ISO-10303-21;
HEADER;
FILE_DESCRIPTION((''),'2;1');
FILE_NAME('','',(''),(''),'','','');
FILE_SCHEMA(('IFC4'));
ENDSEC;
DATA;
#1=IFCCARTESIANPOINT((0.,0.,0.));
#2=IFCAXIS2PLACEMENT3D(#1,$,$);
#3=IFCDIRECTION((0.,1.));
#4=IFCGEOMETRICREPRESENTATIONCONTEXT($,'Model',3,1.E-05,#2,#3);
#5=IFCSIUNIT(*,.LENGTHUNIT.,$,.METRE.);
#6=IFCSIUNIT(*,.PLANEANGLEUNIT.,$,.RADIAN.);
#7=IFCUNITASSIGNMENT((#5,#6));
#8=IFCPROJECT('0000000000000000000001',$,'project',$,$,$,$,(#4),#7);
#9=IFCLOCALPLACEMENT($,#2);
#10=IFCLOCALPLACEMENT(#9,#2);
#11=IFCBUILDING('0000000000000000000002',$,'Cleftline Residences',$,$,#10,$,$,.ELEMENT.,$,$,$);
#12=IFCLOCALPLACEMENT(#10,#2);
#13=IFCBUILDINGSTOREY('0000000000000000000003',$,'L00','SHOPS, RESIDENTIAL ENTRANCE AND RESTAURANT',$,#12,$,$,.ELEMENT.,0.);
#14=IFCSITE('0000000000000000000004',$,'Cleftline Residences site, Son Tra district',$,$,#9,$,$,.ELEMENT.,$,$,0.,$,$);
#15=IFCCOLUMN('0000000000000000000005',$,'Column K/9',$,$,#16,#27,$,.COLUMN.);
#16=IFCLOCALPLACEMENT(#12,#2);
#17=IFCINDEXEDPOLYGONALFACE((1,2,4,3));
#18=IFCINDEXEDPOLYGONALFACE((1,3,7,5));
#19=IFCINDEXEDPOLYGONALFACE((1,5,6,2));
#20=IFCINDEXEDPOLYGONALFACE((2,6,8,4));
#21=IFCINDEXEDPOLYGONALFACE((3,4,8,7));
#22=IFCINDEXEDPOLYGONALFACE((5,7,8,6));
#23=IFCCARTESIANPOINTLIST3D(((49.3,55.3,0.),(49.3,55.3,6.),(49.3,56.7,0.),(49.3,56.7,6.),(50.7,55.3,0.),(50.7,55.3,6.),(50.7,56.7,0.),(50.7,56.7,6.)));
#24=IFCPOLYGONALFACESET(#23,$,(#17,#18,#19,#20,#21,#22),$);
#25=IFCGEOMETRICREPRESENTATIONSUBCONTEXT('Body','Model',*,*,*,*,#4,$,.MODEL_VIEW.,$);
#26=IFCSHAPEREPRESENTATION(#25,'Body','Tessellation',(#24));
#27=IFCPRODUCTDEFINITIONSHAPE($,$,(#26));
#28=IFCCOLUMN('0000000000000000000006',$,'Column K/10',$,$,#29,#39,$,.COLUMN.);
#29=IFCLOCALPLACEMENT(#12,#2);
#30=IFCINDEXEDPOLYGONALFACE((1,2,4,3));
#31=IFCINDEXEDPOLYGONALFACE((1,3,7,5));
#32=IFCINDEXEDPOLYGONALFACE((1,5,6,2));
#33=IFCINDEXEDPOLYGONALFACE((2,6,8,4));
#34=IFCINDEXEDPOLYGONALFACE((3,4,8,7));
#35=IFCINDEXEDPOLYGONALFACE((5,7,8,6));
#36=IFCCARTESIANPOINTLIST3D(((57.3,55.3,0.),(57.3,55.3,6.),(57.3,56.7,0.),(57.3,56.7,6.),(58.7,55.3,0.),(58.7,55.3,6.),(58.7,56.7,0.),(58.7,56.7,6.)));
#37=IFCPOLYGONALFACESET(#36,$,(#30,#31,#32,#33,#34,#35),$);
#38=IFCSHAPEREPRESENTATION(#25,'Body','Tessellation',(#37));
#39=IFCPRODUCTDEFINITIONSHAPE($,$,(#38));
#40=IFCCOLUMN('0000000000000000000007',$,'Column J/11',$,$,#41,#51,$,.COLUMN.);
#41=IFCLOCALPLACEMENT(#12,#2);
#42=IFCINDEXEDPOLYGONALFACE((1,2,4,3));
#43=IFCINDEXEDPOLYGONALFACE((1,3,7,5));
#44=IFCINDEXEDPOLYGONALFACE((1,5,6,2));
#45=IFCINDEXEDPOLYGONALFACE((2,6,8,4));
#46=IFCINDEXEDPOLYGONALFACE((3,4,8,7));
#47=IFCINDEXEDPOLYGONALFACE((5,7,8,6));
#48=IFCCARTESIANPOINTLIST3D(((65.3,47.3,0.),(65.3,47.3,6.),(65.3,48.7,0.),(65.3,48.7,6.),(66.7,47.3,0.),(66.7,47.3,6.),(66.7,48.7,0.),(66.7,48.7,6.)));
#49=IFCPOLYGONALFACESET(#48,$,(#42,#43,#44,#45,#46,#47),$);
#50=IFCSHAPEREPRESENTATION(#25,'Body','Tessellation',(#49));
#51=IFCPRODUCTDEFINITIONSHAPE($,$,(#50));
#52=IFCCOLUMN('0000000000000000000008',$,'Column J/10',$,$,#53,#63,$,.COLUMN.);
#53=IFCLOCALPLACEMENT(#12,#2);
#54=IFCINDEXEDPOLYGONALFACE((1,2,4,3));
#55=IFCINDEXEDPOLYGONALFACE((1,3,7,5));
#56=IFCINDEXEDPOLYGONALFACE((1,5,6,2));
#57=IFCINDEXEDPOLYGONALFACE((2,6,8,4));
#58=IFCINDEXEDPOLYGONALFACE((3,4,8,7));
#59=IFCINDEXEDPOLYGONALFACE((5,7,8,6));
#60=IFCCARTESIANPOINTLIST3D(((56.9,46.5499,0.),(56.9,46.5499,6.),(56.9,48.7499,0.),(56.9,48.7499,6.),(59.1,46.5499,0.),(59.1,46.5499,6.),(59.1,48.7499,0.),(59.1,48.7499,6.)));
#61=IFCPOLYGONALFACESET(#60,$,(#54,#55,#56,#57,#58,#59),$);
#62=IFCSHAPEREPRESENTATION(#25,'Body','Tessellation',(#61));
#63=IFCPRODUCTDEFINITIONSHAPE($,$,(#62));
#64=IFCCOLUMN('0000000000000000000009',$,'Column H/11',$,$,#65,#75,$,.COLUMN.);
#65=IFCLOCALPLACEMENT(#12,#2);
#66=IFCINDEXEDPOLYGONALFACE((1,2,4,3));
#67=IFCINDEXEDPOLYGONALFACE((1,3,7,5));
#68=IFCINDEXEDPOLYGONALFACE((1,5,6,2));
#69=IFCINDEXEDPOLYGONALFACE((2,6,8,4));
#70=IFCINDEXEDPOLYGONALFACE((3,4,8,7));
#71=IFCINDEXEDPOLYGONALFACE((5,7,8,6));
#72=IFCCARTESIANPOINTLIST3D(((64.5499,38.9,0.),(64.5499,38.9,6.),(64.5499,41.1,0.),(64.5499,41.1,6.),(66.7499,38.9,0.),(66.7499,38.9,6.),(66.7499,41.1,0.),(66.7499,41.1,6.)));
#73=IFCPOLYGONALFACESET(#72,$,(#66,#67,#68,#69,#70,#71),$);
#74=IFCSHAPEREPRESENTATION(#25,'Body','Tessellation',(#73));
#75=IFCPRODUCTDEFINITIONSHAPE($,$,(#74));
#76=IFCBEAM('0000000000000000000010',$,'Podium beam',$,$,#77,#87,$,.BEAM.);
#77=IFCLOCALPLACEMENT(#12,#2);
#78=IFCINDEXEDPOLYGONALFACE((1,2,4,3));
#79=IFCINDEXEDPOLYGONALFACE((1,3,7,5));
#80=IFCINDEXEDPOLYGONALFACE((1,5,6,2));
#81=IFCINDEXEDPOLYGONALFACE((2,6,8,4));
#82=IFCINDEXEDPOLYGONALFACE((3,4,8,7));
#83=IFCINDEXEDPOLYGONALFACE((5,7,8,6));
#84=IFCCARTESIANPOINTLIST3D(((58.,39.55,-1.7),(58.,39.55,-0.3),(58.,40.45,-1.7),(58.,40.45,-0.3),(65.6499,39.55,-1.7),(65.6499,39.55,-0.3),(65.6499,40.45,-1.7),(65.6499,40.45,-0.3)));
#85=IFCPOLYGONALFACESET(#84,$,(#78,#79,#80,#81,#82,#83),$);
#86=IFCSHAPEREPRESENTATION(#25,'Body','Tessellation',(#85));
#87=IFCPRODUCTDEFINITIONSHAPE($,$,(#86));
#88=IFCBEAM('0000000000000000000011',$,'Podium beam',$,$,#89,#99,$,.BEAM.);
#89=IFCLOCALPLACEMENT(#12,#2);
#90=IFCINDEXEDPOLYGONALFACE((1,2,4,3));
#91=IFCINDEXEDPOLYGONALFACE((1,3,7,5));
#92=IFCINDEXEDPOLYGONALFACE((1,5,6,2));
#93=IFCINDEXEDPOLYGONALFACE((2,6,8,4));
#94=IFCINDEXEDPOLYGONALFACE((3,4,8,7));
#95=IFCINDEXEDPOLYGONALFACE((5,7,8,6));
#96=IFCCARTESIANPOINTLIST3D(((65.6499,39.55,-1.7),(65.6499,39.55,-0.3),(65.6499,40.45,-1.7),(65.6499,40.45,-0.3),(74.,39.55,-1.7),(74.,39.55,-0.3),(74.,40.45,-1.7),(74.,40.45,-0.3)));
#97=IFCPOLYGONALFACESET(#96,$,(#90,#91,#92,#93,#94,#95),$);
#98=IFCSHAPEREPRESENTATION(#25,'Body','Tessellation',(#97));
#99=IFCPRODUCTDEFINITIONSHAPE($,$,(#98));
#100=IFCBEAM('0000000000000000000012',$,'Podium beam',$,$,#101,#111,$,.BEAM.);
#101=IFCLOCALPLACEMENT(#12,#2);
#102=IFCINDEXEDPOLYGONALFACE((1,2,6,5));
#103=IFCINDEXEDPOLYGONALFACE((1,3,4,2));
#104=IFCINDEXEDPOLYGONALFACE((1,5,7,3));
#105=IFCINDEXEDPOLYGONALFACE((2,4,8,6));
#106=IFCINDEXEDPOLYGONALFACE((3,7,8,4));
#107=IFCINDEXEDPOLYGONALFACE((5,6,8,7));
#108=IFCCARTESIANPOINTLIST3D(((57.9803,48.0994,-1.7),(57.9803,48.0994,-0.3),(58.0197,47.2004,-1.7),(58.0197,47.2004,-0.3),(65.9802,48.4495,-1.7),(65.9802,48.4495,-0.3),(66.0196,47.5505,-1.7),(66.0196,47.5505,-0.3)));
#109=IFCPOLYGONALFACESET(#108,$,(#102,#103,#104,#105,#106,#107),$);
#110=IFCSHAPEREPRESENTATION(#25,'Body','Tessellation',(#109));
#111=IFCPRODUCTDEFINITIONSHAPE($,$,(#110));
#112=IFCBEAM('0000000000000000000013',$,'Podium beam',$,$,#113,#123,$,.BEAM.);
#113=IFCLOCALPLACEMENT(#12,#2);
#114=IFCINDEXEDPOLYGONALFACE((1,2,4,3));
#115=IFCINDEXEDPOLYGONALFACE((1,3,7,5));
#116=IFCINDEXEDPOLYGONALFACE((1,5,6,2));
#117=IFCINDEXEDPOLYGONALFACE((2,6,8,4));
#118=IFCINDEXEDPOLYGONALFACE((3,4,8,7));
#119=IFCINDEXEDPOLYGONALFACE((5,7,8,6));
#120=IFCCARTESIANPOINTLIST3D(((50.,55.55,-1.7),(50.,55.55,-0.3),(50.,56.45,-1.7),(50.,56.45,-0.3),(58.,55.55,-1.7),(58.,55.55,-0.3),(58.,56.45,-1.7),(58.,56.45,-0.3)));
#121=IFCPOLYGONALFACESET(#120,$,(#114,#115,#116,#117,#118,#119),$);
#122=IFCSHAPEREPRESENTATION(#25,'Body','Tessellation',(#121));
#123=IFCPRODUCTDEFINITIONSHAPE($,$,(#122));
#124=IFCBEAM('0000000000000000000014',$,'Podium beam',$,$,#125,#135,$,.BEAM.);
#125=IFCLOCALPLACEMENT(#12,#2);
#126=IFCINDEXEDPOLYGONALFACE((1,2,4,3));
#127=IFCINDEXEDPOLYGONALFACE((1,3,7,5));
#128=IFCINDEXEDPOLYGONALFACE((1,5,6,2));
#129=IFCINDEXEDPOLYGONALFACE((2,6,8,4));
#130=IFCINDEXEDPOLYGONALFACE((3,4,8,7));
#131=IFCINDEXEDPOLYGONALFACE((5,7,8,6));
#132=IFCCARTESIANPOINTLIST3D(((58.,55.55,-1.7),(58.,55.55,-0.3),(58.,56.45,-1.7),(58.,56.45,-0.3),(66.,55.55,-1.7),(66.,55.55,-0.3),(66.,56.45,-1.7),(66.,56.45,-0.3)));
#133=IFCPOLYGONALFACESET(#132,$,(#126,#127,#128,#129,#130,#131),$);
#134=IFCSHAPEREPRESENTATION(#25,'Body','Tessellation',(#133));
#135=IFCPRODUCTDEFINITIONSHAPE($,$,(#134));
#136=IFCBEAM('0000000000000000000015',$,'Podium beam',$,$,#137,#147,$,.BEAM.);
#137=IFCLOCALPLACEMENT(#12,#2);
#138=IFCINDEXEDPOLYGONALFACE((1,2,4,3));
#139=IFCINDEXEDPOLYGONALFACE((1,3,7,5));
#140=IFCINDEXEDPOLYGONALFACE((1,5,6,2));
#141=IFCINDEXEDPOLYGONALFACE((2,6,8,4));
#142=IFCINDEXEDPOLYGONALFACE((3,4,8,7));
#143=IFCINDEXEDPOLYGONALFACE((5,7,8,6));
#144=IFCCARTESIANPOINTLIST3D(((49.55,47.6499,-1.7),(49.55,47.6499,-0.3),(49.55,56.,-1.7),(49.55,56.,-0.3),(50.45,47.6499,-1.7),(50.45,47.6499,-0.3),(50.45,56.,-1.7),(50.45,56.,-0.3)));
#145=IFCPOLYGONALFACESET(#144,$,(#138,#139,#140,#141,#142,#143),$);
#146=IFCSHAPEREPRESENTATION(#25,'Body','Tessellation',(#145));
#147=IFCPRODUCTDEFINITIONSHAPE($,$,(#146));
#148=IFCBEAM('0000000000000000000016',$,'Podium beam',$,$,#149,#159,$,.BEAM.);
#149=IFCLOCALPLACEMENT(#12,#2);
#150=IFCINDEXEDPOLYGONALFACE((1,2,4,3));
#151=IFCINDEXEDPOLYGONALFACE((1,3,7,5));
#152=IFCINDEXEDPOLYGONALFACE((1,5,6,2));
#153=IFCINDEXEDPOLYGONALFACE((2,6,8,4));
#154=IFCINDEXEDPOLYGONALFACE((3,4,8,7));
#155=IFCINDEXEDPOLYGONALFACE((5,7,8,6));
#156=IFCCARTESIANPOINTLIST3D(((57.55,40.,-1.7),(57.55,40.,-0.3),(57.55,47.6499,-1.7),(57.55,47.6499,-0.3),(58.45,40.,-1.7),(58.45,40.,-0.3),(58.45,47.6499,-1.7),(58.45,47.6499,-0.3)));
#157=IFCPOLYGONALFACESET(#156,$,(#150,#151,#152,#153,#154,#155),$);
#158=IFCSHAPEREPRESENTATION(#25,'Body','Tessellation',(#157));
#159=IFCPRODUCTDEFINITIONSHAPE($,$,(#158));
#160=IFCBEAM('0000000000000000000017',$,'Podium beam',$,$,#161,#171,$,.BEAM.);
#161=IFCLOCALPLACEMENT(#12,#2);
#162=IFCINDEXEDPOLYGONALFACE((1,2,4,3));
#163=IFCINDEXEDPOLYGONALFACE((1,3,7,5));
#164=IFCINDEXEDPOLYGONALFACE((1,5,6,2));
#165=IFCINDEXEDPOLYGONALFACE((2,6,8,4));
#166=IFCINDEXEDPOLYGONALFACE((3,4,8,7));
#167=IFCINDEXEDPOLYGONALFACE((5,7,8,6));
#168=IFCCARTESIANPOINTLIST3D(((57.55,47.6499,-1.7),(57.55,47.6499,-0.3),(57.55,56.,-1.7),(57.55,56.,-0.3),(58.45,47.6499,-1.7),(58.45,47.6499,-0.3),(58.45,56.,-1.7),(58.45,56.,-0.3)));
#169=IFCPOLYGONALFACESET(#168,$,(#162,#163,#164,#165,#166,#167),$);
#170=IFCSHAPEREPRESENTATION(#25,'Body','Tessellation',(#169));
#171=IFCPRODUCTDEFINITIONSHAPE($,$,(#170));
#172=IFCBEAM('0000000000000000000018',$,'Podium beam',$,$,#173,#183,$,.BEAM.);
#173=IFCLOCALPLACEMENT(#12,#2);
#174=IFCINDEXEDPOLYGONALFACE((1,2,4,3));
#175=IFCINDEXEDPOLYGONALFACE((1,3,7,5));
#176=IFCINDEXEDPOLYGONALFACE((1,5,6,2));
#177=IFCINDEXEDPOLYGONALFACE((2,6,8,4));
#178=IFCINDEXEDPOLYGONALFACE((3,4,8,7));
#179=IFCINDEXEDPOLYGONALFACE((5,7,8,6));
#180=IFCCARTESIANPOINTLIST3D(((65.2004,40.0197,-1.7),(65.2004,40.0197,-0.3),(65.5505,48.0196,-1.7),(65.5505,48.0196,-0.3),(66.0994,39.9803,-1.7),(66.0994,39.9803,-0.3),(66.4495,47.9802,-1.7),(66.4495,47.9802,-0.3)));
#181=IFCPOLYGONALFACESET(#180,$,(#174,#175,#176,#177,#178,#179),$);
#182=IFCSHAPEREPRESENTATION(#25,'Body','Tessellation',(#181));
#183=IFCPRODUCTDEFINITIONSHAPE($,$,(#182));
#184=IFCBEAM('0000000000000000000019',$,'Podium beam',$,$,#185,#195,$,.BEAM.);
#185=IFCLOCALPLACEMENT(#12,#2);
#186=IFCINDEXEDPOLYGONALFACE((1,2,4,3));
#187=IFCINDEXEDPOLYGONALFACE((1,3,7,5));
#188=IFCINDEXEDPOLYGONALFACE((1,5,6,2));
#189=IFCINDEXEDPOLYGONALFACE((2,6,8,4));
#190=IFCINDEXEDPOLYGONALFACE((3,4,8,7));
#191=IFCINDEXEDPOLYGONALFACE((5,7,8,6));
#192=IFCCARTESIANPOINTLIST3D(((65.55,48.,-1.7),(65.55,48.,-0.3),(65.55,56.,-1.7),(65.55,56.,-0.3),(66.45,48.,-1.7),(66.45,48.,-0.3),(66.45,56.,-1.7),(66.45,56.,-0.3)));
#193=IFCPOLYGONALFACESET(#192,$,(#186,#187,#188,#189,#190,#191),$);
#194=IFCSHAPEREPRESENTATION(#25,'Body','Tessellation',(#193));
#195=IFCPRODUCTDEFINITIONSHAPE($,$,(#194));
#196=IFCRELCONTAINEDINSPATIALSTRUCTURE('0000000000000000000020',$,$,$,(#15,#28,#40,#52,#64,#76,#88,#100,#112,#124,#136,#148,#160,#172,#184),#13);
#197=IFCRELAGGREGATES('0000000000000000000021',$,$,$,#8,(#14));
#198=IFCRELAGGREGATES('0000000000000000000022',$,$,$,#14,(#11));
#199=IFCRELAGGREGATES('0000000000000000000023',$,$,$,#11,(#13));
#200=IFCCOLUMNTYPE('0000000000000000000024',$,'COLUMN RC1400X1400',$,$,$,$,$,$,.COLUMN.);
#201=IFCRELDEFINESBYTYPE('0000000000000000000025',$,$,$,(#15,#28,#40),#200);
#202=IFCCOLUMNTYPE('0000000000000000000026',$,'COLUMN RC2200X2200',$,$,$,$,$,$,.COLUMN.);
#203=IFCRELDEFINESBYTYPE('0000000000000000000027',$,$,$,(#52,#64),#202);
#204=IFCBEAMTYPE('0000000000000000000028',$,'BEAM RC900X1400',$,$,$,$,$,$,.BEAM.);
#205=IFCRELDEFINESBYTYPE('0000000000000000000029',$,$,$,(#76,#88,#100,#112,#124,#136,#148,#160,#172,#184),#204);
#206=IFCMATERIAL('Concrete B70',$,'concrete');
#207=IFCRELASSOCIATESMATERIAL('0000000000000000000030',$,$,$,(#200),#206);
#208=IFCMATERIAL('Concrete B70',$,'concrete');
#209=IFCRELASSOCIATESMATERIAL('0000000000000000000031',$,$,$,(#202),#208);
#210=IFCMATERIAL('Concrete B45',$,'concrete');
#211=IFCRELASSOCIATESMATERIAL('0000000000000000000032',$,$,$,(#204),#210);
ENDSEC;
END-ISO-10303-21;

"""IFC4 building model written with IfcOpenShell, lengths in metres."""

from ifc_helpers import new_model, si_unit, direction, frame, origin, origin_2d, place, context, subcontext, project, spatial, rectangle, extrude, material, material_profile, profile_set, type_object, element, save


model = new_model("IFC4")

# Units and contexts
model_context = context("Model", 3, precision=1e-05, world=origin(), true_north=direction((0.0, 1.0)))
body_context = subcontext(model_context, "Body", "Model", "MODEL_VIEW")
ifc_project = project(units=[si_unit("LENGTHUNIT", "METRE"), si_unit("PLANEANGLEUNIT", "RADIAN")], contexts=[model_context])

# Site, building, storey
site_placement = place(None, origin())
site = spatial("IfcSite", under=ifc_project, at=site_placement, Name="Cleftline Residences site, Son Tra district", CompositionType="ELEMENT", RefElevation=0.0)
building_placement = place(site_placement, origin())
building = spatial("IfcBuilding", under=site, at=building_placement, Name="Cleftline Residences", CompositionType="ELEMENT")
storey_placement = place(building_placement, origin())
storey = spatial("IfcBuildingStorey", under=building, at=storey_placement, Name="L00", Description="SHOPS, RESIDENTIAL ENTRANCE AND RESTAURANT", CompositionType="ELEMENT", Elevation=0.0)

# Columns
ifc_material_1 = material(Name="Concrete B70", Category="concrete")
ifc_material_profile_1 = material_profile(ifc_material_1, rectangle(XDim=1.3999, YDim=1.3999, at=origin_2d()))
ifc_profile_set_1 = profile_set([ifc_material_profile_1], Name="Concrete B70")
column_type_1 = type_object("IfcColumnType", Name="COLUMN RC1400X1400", PredefinedType="COLUMN", material=ifc_profile_set_1)
for number, where, z_axis, x_axis, name in (
    (1, (50.0, 56.0, 0.0), (0.0, 0.0, 1.0), (1.0, 0.0, 0.0), "Column K/9"),
    (2, (58.0, 56.0, 0.0), (0.0, 0.0, 1.0), (1.0, 0.0, 0.0), "Column K/10"),
    (3, (66.0, 48.0, 0.0), (0.0, 0.0, 1.0), (1.0, 0.0, 0.0), "Column J/11"),
):
    element("IfcColumn", number, at=place(storey_placement, frame(where, z_axis=z_axis, x_axis=x_axis)), inside=storey, type_object=column_type_1, Name=name, PredefinedType="COLUMN", context=body_context, shape_type="SweptSolid", body=[
        extrude(rectangle(XDim=1.3999, YDim=1.3999, at=origin_2d()), origin(), (0.0, 0.0, 1.0), 6.0),
    ])
ifc_material_2 = material(Name="Concrete B70", Category="concrete")
ifc_material_profile_2 = material_profile(ifc_material_2, rectangle(XDim=2.2, YDim=2.2, at=origin_2d()))
ifc_profile_set_2 = profile_set([ifc_material_profile_2], Name="Concrete B70")
column_type_2 = type_object("IfcColumnType", Name="COLUMN RC2200X2200", PredefinedType="COLUMN", material=ifc_profile_set_2)
for number, where, z_axis, x_axis, name in (
    (4, (58.0, 47.6499, 0.0), (0.0, 0.0, 1.0), (1.0, 0.0, 0.0), "Column J/10"),
    (5, (65.6499, 40.0, 0.0), (0.0, 0.0, 1.0), (1.0, 0.0, 0.0), "Column H/11"),
):
    element("IfcColumn", number, at=place(storey_placement, frame(where, z_axis=z_axis, x_axis=x_axis)), inside=storey, type_object=column_type_2, Name=name, PredefinedType="COLUMN", context=body_context, shape_type="SweptSolid", body=[
        extrude(rectangle(XDim=2.2, YDim=2.2, at=origin_2d()), origin(), (0.0, 0.0, 1.0), 6.0),
    ])

# Beams
ifc_material_3 = material(Name="Concrete B45", Category="concrete")
ifc_material_profile_3 = material_profile(ifc_material_3, rectangle(XDim=0.8999, YDim=1.3999, at=origin_2d()))
ifc_profile_set_3 = profile_set([ifc_material_profile_3], Name="Concrete B45")
beam_type = type_object("IfcBeamType", Name="BEAM RC900X1400", PredefinedType="BEAM", material=ifc_profile_set_3)
beam_1_placement = place(storey_placement, frame((58.0, 40.0, -1.0), z_axis=(1.0, 0.0, 0.0), x_axis=(0.0, 1.0, 0.0)))
element("IfcBeam", 6, at=beam_1_placement, inside=storey, type_object=beam_type, Name="Podium beam", PredefinedType="BEAM", context=body_context, shape_type="SweptSolid", body=[
    extrude(rectangle(XDim=0.8999, YDim=1.3999, at=origin_2d()), origin(), (0.0, 0.0, 1.0), 7.6499),
])
beam_2_placement = place(storey_placement, frame((65.6499, 40.0, -1.0), z_axis=(1.0, 0.0, 0.0), x_axis=(0.0, 1.0, 0.0)))
element("IfcBeam", 7, at=beam_2_placement, inside=storey, type_object=beam_type, Name="Podium beam", PredefinedType="BEAM", context=body_context, shape_type="SweptSolid", body=[
    extrude(rectangle(XDim=0.8999, YDim=1.3999, at=origin_2d()), origin(), (0.0, 0.0, 1.0), 8.3501),
])
beam_3_placement = place(storey_placement, frame((58.0, 47.6499, -1.0), z_axis=(0.999044, 0.04372, 0.0), x_axis=(-0.04372, 0.999044, 0.0)))
element("IfcBeam", 8, at=beam_3_placement, inside=storey, type_object=beam_type, Name="Podium beam", PredefinedType="BEAM", context=body_context, shape_type="SweptSolid", body=[
    extrude(rectangle(XDim=0.8999, YDim=1.3999, at=origin_2d()), origin(), (0.0, 0.0, 1.0), 8.0076),
])
for number, where, z_axis, x_axis, name in (
    (9, (50.0, 56.0, -1.0), (1.0, 0.0, 0.0), (0.0, 1.0, 0.0), "Podium beam"),
    (10, (58.0, 56.0, -1.0), (1.0, 0.0, 0.0), (0.0, 1.0, 0.0), "Podium beam"),
):
    element("IfcBeam", number, at=place(storey_placement, frame(where, z_axis=z_axis, x_axis=x_axis)), inside=storey, type_object=beam_type, Name=name, PredefinedType="BEAM", context=body_context, shape_type="SweptSolid", body=[
        extrude(rectangle(XDim=0.8999, YDim=1.3999, at=origin_2d()), origin(), (0.0, 0.0, 1.0), 8.0),
    ])
beam_4_placement = place(storey_placement, frame((50.0, 47.6499, -1.0), z_axis=(0.0, 1.0, 0.0), x_axis=(-1.0, 0.0, 0.0)))
element("IfcBeam", 11, at=beam_4_placement, inside=storey, type_object=beam_type, Name="Podium beam", PredefinedType="BEAM", context=body_context, shape_type="SweptSolid", body=[
    extrude(rectangle(XDim=0.8999, YDim=1.3999, at=origin_2d()), origin(), (0.0, 0.0, 1.0), 8.3501),
])
beam_5_placement = place(storey_placement, frame((58.0, 40.0, -1.0), z_axis=(0.0, 1.0, 0.0), x_axis=(-1.0, 0.0, 0.0)))
element("IfcBeam", 12, at=beam_5_placement, inside=storey, type_object=beam_type, Name="Podium beam", PredefinedType="BEAM", context=body_context, shape_type="SweptSolid", body=[
    extrude(rectangle(XDim=0.8999, YDim=1.3999, at=origin_2d()), origin(), (0.0, 0.0, 1.0), 7.6499),
])
beam_6_placement = place(storey_placement, frame((58.0, 47.6499, -1.0), z_axis=(0.0, 1.0, 0.0), x_axis=(-1.0, 0.0, 0.0)))
element("IfcBeam", 13, at=beam_6_placement, inside=storey, type_object=beam_type, Name="Podium beam", PredefinedType="BEAM", context=body_context, shape_type="SweptSolid", body=[
    extrude(rectangle(XDim=0.8999, YDim=1.3999, at=origin_2d()), origin(), (0.0, 0.0, 1.0), 8.3501),
])
beam_7_placement = place(storey_placement, frame((65.6499, 40.0, -1.0), z_axis=(0.04372, 0.999044, 0.0), x_axis=(-0.999044, 0.04372, 0.0)))
element("IfcBeam", 14, at=beam_7_placement, inside=storey, type_object=beam_type, Name="Podium beam", PredefinedType="BEAM", context=body_context, shape_type="SweptSolid", body=[
    extrude(rectangle(XDim=0.8999, YDim=1.3999, at=origin_2d()), origin(), (0.0, 0.0, 1.0), 8.0076),
])
beam_8_placement = place(storey_placement, frame((66.0, 48.0, -1.0), z_axis=(0.0, 1.0, 0.0), x_axis=(-1.0, 0.0, 0.0)))
element("IfcBeam", 15, at=beam_8_placement, inside=storey, type_object=beam_type, Name="Podium beam", PredefinedType="BEAM", context=body_context, shape_type="SweptSolid", body=[
    extrude(rectangle(XDim=0.8999, YDim=1.3999, at=origin_2d()), origin(), (0.0, 0.0, 1.0), 8.0),
])

save(model, "model.ifc")
